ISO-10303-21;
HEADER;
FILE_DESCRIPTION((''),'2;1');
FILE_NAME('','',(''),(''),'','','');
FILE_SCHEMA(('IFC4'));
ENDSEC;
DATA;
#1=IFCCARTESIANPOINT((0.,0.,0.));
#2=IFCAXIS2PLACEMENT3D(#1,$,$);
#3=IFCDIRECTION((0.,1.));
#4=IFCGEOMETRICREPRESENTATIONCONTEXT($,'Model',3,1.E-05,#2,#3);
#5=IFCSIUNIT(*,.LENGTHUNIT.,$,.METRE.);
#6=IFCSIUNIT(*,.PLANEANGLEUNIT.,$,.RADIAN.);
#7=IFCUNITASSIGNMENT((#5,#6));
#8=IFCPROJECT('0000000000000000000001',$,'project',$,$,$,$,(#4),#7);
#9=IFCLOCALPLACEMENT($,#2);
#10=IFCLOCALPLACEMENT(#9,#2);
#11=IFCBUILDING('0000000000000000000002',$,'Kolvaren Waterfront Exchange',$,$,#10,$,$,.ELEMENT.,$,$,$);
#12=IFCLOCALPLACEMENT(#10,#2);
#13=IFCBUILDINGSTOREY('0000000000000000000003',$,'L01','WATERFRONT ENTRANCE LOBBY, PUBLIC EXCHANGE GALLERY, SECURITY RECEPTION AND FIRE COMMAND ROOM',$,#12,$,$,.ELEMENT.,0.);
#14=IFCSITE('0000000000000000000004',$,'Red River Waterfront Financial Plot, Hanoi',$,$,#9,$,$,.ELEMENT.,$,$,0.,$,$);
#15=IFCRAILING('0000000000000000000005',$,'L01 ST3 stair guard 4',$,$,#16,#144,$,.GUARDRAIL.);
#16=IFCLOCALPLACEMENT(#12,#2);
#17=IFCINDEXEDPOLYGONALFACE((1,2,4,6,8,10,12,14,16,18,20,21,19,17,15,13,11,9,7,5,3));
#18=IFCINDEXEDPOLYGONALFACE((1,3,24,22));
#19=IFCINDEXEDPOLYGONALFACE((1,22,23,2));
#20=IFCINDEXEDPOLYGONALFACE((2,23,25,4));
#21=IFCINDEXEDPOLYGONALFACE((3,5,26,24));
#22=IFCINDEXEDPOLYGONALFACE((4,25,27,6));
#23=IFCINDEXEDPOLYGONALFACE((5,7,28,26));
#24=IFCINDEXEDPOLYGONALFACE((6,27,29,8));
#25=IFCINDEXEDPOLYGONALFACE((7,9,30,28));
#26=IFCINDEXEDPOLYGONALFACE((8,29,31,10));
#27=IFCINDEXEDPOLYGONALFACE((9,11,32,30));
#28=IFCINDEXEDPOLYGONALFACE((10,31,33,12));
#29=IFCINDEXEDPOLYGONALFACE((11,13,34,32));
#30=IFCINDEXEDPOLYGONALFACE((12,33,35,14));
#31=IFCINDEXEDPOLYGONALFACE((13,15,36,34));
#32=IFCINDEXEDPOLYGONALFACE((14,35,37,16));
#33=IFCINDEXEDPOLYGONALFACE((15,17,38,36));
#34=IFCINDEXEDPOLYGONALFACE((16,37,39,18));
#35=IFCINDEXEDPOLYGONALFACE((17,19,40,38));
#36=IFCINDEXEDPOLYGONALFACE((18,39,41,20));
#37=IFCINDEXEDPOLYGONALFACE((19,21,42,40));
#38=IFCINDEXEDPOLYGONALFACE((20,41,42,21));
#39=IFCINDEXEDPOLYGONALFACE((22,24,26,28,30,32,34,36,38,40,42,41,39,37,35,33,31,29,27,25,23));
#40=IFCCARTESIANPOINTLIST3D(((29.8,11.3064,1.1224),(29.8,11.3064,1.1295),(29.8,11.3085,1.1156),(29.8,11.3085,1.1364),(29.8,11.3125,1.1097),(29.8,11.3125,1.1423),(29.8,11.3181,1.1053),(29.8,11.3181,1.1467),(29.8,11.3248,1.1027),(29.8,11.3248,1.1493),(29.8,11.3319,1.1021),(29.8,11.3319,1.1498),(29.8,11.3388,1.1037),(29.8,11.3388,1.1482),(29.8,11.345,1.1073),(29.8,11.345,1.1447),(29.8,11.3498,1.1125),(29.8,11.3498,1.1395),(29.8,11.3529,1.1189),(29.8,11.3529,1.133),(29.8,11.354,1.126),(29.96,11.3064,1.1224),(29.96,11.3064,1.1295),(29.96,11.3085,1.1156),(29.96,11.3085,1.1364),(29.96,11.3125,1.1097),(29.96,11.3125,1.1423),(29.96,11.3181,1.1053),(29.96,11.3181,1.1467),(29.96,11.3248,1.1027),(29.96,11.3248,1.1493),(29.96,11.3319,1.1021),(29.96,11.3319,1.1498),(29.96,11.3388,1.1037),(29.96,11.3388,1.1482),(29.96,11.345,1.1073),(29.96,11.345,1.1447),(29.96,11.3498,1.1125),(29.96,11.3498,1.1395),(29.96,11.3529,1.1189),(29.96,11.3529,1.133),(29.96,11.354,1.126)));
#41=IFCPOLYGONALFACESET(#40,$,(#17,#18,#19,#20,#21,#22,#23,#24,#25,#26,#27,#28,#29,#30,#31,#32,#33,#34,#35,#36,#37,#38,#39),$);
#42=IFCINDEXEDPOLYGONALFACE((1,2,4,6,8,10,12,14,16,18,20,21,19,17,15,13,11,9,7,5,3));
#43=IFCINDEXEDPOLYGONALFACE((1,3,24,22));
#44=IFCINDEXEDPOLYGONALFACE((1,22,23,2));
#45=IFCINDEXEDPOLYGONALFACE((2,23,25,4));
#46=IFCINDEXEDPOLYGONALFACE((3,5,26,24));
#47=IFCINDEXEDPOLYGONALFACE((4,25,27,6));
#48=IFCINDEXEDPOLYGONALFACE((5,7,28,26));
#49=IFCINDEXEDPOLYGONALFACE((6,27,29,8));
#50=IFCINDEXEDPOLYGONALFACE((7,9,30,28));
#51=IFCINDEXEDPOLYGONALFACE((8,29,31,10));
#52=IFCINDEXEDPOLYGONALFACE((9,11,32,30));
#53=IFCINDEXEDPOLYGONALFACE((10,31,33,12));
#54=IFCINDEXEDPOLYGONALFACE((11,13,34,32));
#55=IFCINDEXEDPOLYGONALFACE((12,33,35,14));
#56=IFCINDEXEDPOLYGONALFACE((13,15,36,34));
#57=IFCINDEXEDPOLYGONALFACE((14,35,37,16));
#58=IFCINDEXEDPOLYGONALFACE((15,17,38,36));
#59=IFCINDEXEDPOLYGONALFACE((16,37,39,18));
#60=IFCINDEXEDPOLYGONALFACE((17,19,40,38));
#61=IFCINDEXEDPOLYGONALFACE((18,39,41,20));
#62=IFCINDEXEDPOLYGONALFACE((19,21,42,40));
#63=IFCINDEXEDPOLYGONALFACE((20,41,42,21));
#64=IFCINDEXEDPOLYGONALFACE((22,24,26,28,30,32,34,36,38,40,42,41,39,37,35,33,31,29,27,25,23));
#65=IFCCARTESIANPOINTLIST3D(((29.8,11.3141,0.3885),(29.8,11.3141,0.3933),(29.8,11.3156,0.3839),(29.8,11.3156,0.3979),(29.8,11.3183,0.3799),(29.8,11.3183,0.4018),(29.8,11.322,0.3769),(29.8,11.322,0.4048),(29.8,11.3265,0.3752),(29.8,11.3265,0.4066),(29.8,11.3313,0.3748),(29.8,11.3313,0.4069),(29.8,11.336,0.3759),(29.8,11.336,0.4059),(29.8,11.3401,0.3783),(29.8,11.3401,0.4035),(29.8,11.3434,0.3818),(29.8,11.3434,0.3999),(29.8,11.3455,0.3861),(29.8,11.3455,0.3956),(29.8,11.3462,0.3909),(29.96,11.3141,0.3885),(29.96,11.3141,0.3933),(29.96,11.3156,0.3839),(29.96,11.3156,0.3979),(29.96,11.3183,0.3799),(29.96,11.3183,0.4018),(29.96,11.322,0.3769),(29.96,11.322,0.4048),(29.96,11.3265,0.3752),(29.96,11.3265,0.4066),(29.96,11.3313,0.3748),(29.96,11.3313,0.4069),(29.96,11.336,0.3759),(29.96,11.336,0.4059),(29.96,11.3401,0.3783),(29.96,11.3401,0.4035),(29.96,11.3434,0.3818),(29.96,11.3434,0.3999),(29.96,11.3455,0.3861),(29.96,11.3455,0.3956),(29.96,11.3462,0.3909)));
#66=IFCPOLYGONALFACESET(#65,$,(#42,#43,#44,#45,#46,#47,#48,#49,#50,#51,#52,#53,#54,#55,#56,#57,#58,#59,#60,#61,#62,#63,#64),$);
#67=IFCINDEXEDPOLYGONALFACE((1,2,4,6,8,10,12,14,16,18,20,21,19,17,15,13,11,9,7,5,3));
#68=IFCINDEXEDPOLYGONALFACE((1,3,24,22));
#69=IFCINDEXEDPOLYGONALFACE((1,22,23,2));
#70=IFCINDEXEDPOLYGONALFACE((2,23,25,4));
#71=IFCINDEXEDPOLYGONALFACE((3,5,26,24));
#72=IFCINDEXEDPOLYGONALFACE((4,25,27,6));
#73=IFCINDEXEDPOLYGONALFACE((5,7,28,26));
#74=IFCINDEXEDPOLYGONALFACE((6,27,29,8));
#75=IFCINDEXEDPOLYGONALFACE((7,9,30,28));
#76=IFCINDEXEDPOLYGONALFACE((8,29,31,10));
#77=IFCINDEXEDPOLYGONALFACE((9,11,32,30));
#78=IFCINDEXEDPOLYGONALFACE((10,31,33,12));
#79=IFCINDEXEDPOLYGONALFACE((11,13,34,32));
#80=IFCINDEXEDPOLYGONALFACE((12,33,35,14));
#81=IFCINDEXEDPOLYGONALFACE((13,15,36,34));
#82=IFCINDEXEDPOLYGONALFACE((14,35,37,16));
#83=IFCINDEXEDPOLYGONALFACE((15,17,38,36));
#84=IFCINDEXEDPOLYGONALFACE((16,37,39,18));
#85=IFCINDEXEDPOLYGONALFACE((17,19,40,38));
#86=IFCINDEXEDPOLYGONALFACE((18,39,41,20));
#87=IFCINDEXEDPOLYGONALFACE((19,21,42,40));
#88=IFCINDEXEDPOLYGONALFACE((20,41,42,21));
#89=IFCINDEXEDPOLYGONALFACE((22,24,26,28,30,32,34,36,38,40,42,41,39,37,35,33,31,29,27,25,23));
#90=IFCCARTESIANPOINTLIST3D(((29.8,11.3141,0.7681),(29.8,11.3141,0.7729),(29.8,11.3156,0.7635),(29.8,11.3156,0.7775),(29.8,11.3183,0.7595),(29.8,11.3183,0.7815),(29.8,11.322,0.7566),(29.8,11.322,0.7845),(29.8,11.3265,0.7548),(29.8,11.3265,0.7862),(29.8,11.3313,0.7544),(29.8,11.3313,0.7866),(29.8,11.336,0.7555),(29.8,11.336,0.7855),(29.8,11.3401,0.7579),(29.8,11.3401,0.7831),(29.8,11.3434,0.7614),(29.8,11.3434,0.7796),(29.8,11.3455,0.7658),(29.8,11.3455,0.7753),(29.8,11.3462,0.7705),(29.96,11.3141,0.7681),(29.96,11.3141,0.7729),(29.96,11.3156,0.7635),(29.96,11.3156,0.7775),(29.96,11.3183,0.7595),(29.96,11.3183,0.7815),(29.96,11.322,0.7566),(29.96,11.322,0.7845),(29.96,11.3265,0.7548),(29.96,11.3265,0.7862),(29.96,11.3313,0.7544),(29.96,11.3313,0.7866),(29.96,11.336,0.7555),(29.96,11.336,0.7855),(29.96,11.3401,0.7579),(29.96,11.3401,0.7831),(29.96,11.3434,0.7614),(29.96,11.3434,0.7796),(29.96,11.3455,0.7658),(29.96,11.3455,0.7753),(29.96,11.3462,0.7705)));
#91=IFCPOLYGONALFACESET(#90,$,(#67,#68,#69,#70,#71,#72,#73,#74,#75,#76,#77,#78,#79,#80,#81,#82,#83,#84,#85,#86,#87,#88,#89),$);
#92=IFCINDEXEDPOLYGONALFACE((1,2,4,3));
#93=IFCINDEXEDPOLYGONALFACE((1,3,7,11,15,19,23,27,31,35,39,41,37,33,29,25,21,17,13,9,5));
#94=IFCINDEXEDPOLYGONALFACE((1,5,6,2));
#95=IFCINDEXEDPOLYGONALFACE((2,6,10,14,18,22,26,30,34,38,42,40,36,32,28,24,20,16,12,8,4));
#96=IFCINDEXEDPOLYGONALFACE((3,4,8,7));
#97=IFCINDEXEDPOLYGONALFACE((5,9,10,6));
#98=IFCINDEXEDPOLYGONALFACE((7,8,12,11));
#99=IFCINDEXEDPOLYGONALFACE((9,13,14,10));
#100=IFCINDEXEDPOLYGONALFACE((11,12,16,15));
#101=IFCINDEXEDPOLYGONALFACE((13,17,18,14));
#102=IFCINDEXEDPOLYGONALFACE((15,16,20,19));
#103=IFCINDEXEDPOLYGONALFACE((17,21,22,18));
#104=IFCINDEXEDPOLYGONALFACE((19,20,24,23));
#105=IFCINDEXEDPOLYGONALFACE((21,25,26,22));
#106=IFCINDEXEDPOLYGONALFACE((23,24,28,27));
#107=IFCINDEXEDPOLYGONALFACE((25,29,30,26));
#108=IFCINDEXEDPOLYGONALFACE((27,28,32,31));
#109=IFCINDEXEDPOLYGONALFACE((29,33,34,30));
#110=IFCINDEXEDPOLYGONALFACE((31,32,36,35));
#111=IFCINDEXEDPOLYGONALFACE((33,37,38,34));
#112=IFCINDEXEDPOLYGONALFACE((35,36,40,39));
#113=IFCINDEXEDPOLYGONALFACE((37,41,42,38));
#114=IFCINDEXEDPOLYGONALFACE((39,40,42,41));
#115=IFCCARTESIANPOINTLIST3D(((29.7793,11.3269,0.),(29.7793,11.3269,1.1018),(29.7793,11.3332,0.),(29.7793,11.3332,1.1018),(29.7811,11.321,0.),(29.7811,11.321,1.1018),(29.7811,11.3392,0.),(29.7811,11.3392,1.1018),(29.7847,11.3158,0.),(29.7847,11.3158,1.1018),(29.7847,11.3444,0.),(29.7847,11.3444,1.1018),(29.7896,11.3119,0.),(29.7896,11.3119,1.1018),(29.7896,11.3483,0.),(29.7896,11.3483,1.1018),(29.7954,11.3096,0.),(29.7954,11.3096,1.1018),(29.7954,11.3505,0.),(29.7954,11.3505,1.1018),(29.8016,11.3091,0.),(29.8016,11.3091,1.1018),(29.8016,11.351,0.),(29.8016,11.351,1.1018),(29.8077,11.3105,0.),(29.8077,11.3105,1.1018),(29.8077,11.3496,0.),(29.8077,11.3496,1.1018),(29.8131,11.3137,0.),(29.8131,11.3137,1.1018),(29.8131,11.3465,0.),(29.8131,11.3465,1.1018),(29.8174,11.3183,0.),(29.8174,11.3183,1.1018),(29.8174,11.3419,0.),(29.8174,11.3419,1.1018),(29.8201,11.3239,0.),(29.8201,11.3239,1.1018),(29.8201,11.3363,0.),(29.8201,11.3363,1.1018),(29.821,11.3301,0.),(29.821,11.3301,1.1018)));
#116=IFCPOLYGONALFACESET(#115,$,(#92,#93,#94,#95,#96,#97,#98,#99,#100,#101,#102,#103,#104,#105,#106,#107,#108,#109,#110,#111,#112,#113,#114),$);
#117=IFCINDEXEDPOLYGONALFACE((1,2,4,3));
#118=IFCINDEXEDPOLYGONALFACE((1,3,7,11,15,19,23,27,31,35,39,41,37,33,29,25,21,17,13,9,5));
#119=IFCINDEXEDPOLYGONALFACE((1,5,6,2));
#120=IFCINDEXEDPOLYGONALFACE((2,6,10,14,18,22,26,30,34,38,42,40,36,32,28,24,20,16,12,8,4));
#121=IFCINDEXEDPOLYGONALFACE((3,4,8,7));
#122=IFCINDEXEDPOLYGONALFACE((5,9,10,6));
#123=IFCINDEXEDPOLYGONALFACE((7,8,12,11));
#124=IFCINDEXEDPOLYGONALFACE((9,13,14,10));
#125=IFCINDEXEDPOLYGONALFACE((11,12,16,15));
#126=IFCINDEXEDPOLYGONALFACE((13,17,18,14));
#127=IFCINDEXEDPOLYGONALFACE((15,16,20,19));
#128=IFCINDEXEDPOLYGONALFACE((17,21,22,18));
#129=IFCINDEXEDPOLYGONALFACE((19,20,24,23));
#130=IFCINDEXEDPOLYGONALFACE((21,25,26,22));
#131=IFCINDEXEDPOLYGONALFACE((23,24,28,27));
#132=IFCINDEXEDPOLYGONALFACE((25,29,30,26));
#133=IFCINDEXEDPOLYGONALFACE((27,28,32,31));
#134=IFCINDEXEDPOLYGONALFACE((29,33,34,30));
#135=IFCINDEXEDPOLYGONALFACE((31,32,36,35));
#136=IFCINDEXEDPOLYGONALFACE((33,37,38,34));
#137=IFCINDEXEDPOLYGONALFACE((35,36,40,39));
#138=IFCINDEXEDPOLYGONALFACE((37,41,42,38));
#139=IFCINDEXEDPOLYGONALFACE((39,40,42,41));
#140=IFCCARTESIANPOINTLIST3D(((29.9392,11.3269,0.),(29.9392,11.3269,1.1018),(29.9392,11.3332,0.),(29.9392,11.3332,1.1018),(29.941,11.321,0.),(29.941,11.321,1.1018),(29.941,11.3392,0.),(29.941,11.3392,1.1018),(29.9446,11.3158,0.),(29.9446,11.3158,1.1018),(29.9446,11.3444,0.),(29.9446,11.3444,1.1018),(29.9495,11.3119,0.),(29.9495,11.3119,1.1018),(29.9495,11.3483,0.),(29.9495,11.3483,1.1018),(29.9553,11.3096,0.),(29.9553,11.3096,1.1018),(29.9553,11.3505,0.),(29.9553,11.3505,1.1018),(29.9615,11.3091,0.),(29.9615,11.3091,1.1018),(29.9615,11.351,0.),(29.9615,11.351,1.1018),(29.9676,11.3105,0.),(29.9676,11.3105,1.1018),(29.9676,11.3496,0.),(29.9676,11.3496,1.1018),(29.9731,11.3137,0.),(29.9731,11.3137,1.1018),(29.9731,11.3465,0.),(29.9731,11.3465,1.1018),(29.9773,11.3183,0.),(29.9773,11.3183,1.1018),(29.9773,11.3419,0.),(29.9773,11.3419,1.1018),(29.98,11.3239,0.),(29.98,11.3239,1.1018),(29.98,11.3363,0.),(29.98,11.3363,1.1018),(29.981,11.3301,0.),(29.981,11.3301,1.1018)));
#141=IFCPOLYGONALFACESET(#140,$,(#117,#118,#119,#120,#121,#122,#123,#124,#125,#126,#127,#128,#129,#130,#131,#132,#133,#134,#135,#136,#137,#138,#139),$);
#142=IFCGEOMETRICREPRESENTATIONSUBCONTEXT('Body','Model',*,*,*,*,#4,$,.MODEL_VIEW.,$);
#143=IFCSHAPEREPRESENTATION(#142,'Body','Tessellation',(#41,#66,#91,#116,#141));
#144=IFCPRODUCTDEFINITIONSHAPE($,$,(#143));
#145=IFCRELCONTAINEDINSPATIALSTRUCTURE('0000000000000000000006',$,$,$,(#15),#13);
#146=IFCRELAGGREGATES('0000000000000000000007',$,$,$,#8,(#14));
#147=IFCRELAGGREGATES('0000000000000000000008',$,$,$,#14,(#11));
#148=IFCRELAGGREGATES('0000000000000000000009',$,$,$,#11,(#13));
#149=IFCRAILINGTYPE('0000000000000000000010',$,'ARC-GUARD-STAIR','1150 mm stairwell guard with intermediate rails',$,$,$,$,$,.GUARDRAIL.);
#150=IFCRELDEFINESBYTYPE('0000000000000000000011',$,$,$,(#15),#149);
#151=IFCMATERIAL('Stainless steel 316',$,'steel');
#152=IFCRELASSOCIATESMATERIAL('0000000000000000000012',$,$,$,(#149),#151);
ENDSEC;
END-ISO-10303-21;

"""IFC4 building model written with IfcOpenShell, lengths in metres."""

from ifc_helpers import new_model, si_unit, direction, frame, origin, origin_2d, place, context, subcontext, project, spatial, circle, extrude, material, type_object, element, save


model = new_model("IFC4")

# Units and contexts
model_context = context("Model", 3, precision=1e-05, world=origin(), true_north=direction((0.0, 1.0)))
body_context = subcontext(model_context, "Body", "Model", "MODEL_VIEW")
ifc_project = project(units=[si_unit("LENGTHUNIT", "METRE"), si_unit("PLANEANGLEUNIT", "RADIAN")], contexts=[model_context])

# Site, building, storey
site_placement = place(None, origin())
site = spatial("IfcSite", under=ifc_project, at=site_placement, Name="Red River Waterfront Financial Plot, Hanoi", CompositionType="ELEMENT", RefElevation=0.0)
building_placement = place(site_placement, origin())
building = spatial("IfcBuilding", under=site, at=building_placement, Name="Kolvaren Waterfront Exchange", CompositionType="ELEMENT")
storey_placement = place(building_placement, origin())
storey = spatial("IfcBuildingStorey", under=building, at=storey_placement, Name="L01", Description="WATERFRONT ENTRANCE LOBBY, PUBLIC EXCHANGE GALLERY, SECURITY RECEPTION AND FIRE COMMAND ROOM", CompositionType="ELEMENT", Elevation=0.0)

# Railing
ifc_material_1 = material(Name="Stainless steel 316", Category="steel")
railing_type_1 = type_object("IfcRailingType", Name="ARC-GUARD-STAIR", Description="1150 mm stairwell guard with intermediate rails", PredefinedType="GUARDRAIL", material=ifc_material_1)
railing_1_placement = place(storey_placement, frame((29.8, 11.3301, 0.0)))
element("IfcRailing", 1, at=railing_1_placement, inside=storey, type_object=railing_type_1, Name="L01 ST3 stair guard 4", PredefinedType="GUARDRAIL", context=body_context, shape_type="SweptSolid", body=[
    extrude(circle(Radius=0.0239, at=origin_2d()), frame((0.0, 0.0, 1.126), z_axis=(1.0, 0.0, 0.0), x_axis=(0.0, 1.0, 0.0)), (0.0, 0.0, 1.0), 0.1599),
    extrude(circle(Radius=0.0161, at=origin_2d()), frame((0.0, 0.0, 0.3909), z_axis=(1.0, 0.0, 0.0), x_axis=(0.0, 1.0, 0.0)), (0.0, 0.0, 1.0), 0.1599),
    extrude(circle(Radius=0.0161, at=origin_2d()), frame((0.0, 0.0, 0.7705), z_axis=(1.0, 0.0, 0.0), x_axis=(0.0, 1.0, 0.0)), (0.0, 0.0, 1.0), 0.1599),
    extrude(circle(Radius=0.021, at=origin_2d()), origin(), (0.0, 0.0, 1.0), 1.1018),
    extrude(circle(Radius=0.021, at=origin_2d()), frame((0.1599, 0.0, 0.0)), (0.0, 0.0, 1.0), 1.1018),
])

save(model, "model.ifc")
